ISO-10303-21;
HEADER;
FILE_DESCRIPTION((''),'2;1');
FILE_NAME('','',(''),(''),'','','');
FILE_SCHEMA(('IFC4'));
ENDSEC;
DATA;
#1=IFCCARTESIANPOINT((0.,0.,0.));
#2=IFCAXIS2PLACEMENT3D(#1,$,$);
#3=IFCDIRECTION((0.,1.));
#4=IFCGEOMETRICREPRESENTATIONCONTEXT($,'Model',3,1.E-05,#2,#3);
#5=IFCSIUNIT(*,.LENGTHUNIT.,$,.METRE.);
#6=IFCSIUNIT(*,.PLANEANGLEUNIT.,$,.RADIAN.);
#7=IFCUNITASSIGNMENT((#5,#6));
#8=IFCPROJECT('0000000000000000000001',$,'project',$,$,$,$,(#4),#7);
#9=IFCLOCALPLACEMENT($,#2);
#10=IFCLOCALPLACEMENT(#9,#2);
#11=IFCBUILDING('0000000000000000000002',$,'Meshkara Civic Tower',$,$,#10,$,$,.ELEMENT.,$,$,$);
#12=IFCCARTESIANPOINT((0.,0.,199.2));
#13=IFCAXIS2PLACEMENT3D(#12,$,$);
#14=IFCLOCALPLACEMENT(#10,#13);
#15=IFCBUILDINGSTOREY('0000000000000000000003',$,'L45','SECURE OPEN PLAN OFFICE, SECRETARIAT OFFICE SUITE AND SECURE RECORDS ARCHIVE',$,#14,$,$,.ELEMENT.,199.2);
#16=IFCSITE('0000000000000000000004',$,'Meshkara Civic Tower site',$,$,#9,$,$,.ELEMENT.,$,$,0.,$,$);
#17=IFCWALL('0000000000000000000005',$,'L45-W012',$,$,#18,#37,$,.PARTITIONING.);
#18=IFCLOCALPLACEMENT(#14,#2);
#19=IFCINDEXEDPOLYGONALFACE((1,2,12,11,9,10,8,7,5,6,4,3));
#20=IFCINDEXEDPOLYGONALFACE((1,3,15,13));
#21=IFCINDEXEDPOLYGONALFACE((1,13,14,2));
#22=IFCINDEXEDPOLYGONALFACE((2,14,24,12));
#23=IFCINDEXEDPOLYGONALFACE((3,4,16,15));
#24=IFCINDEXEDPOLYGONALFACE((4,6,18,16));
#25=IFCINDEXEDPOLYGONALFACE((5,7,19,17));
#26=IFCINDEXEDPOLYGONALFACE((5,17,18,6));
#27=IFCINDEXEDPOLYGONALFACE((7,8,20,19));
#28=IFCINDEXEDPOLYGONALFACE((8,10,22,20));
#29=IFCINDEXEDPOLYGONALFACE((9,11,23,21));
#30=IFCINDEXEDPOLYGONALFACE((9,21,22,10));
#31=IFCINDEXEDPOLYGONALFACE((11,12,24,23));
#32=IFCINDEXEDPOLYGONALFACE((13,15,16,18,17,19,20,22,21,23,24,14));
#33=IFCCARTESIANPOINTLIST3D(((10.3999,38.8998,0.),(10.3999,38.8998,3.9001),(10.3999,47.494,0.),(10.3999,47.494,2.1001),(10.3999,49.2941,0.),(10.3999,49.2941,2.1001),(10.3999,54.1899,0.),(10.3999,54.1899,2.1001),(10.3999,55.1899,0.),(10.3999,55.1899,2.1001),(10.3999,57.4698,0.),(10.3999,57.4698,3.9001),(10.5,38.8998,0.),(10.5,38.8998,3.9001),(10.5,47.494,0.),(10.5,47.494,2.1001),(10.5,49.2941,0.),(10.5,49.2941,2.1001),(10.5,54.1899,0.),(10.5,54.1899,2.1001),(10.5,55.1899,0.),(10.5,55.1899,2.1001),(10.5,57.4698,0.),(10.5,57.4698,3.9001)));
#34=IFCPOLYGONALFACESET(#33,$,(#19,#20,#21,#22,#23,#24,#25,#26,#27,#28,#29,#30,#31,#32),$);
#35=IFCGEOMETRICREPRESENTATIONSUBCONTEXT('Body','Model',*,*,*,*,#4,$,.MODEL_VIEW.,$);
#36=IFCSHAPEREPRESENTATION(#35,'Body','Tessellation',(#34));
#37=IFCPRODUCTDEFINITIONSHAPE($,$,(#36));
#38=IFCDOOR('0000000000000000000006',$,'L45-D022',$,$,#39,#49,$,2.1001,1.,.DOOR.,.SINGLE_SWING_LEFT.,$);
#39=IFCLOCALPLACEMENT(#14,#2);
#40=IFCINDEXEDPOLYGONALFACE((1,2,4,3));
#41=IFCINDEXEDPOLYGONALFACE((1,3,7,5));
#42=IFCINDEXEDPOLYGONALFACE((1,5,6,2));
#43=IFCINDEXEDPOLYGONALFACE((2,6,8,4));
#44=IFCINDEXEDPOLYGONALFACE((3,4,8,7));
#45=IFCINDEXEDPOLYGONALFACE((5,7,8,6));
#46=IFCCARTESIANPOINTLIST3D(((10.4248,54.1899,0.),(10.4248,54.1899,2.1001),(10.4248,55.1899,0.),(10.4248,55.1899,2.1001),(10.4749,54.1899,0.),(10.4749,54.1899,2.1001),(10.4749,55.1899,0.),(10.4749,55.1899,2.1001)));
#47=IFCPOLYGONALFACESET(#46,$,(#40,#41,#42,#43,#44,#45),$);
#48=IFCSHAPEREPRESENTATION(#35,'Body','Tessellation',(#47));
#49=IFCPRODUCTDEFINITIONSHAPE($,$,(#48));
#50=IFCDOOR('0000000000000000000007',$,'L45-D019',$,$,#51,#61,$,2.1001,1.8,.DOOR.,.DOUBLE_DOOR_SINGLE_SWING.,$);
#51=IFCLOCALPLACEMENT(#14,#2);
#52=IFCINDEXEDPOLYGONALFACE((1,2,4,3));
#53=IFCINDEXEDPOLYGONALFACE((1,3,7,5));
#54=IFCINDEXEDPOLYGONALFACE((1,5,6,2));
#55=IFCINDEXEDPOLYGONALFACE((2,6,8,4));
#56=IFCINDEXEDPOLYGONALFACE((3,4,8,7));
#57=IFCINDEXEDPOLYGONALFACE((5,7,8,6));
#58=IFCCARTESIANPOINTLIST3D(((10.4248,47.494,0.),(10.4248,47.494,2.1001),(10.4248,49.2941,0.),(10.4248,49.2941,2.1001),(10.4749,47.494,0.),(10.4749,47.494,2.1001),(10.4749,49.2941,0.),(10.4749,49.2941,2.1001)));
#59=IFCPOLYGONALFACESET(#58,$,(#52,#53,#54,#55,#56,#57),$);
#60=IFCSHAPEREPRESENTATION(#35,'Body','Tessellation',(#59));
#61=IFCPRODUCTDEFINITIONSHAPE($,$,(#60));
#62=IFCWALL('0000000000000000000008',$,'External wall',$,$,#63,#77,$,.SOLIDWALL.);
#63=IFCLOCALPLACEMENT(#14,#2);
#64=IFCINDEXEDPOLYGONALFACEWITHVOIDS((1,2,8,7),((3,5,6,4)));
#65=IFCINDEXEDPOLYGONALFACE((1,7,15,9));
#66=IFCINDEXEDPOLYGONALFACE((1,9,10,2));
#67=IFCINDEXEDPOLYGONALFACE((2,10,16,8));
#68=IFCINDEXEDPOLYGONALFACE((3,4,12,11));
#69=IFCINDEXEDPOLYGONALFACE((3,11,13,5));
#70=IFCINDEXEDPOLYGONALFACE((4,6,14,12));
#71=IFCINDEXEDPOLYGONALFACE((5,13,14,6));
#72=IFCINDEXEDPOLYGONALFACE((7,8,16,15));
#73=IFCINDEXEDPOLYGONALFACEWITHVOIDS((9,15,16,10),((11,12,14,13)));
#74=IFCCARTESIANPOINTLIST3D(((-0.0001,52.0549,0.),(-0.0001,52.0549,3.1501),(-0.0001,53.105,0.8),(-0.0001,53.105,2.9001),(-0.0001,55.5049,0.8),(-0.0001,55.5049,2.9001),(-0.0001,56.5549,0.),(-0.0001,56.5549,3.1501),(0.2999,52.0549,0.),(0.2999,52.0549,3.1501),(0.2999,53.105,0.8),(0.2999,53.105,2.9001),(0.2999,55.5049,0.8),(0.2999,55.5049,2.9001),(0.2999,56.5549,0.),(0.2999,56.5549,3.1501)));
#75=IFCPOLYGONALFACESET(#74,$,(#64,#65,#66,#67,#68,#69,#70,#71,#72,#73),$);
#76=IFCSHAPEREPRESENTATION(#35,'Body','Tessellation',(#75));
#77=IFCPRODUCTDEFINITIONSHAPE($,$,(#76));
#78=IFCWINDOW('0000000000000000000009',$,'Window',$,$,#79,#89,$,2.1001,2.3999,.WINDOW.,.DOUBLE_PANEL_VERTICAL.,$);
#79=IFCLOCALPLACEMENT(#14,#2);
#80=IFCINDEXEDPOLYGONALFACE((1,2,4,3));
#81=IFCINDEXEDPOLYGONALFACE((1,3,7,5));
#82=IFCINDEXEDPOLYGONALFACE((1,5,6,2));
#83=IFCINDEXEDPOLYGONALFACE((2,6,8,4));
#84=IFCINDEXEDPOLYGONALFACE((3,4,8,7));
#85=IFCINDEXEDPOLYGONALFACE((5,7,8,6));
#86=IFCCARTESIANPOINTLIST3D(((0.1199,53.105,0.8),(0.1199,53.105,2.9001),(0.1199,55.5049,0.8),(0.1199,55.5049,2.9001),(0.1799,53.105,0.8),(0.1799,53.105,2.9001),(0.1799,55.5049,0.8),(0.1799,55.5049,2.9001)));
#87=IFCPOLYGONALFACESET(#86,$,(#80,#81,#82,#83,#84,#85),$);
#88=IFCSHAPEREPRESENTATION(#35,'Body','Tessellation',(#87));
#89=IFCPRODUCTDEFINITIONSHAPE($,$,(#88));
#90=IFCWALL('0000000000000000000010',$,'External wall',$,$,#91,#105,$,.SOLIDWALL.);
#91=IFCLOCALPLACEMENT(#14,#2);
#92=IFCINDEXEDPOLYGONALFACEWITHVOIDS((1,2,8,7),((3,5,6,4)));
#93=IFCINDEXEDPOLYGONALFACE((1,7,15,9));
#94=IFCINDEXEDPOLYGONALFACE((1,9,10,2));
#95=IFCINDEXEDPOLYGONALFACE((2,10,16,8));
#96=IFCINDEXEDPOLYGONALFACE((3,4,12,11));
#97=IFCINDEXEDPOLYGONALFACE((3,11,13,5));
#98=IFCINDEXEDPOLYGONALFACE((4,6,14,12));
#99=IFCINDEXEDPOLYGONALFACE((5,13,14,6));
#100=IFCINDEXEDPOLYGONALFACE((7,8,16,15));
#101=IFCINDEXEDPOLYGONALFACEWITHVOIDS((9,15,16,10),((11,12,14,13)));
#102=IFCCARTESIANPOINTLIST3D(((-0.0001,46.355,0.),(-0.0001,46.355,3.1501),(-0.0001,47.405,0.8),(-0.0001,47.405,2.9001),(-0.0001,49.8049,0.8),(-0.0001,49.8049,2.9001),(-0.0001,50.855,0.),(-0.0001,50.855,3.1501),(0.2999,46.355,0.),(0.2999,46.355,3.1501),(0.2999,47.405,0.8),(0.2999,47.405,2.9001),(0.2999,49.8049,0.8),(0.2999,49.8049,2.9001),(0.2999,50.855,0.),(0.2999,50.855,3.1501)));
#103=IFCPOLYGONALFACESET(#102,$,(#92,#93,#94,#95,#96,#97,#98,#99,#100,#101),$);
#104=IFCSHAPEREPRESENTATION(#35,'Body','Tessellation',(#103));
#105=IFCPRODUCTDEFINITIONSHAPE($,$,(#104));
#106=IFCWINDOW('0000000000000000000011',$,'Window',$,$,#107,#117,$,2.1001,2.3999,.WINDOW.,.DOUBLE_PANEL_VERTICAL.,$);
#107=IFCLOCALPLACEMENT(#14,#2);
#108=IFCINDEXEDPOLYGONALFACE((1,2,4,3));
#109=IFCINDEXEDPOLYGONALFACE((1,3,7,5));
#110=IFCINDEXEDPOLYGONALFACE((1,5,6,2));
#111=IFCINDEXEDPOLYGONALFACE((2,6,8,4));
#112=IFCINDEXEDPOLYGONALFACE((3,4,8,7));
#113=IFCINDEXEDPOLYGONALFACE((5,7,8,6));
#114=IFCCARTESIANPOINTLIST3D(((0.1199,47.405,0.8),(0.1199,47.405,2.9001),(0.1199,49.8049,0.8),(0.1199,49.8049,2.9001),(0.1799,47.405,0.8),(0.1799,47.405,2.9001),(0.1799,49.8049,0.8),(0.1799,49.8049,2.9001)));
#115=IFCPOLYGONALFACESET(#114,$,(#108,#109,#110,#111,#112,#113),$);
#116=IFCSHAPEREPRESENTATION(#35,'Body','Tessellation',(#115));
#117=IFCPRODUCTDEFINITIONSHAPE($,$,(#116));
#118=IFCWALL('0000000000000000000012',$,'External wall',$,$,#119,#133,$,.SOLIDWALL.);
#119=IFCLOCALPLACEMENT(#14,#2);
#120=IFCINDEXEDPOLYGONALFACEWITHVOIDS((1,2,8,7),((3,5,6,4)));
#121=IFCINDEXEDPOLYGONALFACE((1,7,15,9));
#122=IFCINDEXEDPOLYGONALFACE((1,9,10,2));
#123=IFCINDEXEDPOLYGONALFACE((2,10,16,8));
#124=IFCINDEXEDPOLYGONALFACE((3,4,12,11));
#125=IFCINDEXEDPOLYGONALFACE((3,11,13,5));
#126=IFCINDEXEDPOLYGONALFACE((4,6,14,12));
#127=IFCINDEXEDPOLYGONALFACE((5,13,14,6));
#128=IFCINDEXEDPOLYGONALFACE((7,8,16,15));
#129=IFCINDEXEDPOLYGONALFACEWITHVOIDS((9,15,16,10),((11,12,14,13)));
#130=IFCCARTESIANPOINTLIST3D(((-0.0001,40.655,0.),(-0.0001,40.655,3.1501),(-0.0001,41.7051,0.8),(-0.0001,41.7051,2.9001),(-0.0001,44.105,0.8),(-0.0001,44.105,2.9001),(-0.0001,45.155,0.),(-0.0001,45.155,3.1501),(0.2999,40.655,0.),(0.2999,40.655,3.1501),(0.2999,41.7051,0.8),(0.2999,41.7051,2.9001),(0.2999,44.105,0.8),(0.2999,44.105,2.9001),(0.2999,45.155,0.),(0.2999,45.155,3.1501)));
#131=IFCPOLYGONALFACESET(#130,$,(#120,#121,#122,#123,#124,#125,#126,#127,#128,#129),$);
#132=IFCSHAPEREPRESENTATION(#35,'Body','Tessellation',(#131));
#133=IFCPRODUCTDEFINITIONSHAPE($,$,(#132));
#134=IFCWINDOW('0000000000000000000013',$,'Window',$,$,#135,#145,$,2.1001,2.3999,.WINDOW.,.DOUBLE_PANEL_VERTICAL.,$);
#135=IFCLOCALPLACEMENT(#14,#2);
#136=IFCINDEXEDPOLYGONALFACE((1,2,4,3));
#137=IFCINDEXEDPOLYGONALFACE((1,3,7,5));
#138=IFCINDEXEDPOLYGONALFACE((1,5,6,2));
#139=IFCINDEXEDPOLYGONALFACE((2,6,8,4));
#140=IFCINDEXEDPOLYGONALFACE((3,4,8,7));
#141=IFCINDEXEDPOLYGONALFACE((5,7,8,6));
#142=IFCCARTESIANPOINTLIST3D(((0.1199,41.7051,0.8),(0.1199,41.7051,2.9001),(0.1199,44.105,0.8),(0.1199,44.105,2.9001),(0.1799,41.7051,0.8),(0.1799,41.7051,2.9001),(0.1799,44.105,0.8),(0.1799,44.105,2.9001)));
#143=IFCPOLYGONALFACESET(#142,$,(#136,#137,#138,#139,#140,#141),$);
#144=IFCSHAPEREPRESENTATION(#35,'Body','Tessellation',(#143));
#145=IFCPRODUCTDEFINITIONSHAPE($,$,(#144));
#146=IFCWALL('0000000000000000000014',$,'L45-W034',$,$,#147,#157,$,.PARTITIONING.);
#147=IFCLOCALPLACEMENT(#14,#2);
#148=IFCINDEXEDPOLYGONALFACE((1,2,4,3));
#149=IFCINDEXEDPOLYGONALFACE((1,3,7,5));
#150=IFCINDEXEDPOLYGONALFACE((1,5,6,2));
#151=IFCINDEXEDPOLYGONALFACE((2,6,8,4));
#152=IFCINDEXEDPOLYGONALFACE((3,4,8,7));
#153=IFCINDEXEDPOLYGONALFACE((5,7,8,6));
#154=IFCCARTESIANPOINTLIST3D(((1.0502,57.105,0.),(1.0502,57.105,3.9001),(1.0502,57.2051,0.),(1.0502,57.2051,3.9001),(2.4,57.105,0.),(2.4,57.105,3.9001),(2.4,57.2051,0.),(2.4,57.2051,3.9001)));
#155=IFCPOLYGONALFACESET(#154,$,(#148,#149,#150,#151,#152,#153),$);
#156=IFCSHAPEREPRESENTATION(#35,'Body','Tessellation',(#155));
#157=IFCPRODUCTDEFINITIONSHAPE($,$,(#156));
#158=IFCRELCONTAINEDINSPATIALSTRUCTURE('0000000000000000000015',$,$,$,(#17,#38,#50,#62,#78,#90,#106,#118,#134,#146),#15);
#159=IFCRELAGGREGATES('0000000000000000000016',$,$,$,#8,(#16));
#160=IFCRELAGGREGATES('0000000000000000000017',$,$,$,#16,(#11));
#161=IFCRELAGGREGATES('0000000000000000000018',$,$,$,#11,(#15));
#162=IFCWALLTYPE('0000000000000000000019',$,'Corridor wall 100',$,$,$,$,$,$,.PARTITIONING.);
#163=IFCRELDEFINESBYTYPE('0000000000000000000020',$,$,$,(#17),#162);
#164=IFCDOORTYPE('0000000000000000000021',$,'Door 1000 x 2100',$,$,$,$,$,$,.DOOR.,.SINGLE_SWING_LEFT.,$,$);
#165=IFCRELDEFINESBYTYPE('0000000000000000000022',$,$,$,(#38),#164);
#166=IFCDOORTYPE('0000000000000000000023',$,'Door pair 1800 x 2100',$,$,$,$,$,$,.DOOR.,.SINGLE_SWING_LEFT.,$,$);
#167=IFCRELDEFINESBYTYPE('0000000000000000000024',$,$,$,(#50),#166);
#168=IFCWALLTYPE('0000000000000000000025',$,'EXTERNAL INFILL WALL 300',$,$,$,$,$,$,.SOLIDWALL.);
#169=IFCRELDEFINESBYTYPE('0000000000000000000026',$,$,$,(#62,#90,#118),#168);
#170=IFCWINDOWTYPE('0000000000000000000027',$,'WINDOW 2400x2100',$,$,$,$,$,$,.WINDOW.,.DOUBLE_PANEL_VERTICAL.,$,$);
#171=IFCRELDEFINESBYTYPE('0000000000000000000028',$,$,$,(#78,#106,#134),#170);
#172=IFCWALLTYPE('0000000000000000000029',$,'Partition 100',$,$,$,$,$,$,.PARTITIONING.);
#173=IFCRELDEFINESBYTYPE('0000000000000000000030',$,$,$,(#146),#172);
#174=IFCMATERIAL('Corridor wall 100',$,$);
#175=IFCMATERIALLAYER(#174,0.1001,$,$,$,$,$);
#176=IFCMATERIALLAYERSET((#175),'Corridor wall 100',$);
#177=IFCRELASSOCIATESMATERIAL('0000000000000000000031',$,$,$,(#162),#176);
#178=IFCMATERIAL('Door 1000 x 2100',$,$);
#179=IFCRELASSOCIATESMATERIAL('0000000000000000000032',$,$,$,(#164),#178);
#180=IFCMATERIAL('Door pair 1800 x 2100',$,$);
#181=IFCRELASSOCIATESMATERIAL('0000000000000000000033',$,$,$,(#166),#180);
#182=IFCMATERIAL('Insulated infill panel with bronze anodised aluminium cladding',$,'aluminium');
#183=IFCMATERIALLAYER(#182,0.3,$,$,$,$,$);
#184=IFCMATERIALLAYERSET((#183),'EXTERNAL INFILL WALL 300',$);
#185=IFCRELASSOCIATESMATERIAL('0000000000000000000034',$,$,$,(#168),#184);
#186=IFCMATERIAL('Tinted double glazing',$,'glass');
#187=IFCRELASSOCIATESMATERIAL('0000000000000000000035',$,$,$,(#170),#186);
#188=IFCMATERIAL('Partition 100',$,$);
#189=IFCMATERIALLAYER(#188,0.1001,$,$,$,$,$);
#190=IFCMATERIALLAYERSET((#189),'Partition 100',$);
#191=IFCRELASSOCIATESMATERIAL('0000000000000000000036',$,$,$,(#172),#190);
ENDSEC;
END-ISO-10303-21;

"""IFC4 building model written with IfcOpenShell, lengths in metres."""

from ifc_helpers import new_model, si_unit, direction, frame, frame_2d, origin, place, context, subcontext, project, spatial, rectangle, extrude, material, layer, layer_set, type_object, element, fill, save


model = new_model("IFC4")

# Units and contexts
model_context = context("Model", 3, precision=1e-05, world=origin(), true_north=direction((0.0, 1.0)))
body_context = subcontext(model_context, "Body", "Model", "MODEL_VIEW")
ifc_project = project(units=[si_unit("LENGTHUNIT", "METRE"), si_unit("PLANEANGLEUNIT", "RADIAN")], contexts=[model_context])

# Site, building, storey
site_placement = place(None, origin())
site = spatial("IfcSite", under=ifc_project, at=site_placement, Name="Meshkara Civic Tower site", CompositionType="ELEMENT", RefElevation=0.0)
building_placement = place(site_placement, origin())
building = spatial("IfcBuilding", under=site, at=building_placement, Name="Meshkara Civic Tower", CompositionType="ELEMENT")
storey_placement = place(building_placement, frame((0.0, 0.0, 199.2)))
storey = spatial("IfcBuildingStorey", under=building, at=storey_placement, Name="L45", Description="SECURE OPEN PLAN OFFICE, SECRETARIAT OFFICE SUITE AND SECURE RECORDS ARCHIVE", CompositionType="ELEMENT", Elevation=199.2)

# Shared definitions
ifc_material_1 = material(Name="Corridor wall 100")
ifc_layer_1 = layer(ifc_material_1, 0.1001)
ifc_layer_set_1 = layer_set([ifc_layer_1], Name="Corridor wall 100")
wall_type_1 = type_object("IfcWallType", Name="Corridor wall 100", PredefinedType="PARTITIONING", material=ifc_layer_set_1)

# Wall, openings, doors
wall_1_placement = place(storey_placement, frame((10.45, 57.47, 0.0), z_axis=(0.0, 0.0, 1.0), x_axis=(0.0, -1.0, 0.0)))
wall_1 = element("IfcWall", 1, at=wall_1_placement, inside=storey, type_object=wall_type_1, Name="L45-W012", PredefinedType="PARTITIONING", context=body_context, shape_type="SweptSolid", body=[
    extrude(rectangle(XDim=18.5701, YDim=0.1001, at=frame_2d((9.2852, 0.0))), origin(), (0.0, 0.0, 1.0), 3.9001),
])
opening_1_placement = place(wall_1_placement, frame((8.176, 0.0, 0.0)))
opening_1 = element("IfcOpeningElement", 2, at=opening_1_placement, cuts=wall_1, PredefinedType="OPENING", context=body_context, shape_type="SweptSolid", body=[
    extrude(rectangle(XDim=1.8, YDim=2.1001, at=frame_2d((0.8999, 1.05))), frame((0.0, 0.0601, 0.0), z_axis=(0.0, -1.0, 0.0), x_axis=(1.0, 0.0, 0.0)), (0.0, 0.0, 1.0), 0.1201),
])
opening_2_placement = place(wall_1_placement, frame((2.28, 0.0, 0.0)))
opening_2 = element("IfcOpeningElement", 3, at=opening_2_placement, cuts=wall_1, PredefinedType="OPENING", context=body_context, shape_type="SweptSolid", body=[
    extrude(rectangle(XDim=1.0, YDim=2.1001, at=frame_2d((0.5, 1.05))), frame((0.0, 0.0601, 0.0), z_axis=(0.0, -1.0, 0.0), x_axis=(1.0, 0.0, 0.0)), (0.0, 0.0, 1.0), 0.1201),
])
ifc_material_2 = material(Name="Door 1000 x 2100")
door_type_1 = type_object("IfcDoorType", Name="Door 1000 x 2100", OperationType="SINGLE_SWING_LEFT", PredefinedType="DOOR", material=ifc_material_2)
door_1_placement = place(opening_2_placement, origin())
door_1 = element("IfcDoor", 4, at=door_1_placement, inside=storey, type_object=door_type_1, Name="L45-D022", OperationType="SINGLE_SWING_LEFT", OverallHeight=2.1001, OverallWidth=1.0, PredefinedType="DOOR", context=body_context, shape_type="SweptSolid", body=[
    extrude(rectangle(XDim=1.0, YDim=2.1001, at=frame_2d((0.5, 1.05))), frame((0.0, 0.0249, 0.0), z_axis=(0.0, -1.0, 0.0), x_axis=(1.0, 0.0, 0.0)), (0.0, 0.0, 1.0), 0.05),
])
fill(opening_2, door_1)
ifc_material_3 = material(Name="Door pair 1800 x 2100")
door_type_2 = type_object("IfcDoorType", Name="Door pair 1800 x 2100", OperationType="SINGLE_SWING_LEFT", PredefinedType="DOOR", material=ifc_material_3)
door_2_placement = place(opening_1_placement, origin())
door_2 = element("IfcDoor", 5, at=door_2_placement, inside=storey, type_object=door_type_2, Name="L45-D019", OperationType="DOUBLE_DOOR_SINGLE_SWING", OverallHeight=2.1001, OverallWidth=1.8, PredefinedType="DOOR", context=body_context, shape_type="SweptSolid", body=[
    extrude(rectangle(XDim=1.8, YDim=2.1001, at=frame_2d((0.8999, 1.05))), frame((0.0, 0.0249, 0.0), z_axis=(0.0, -1.0, 0.0), x_axis=(1.0, 0.0, 0.0)), (0.0, 0.0, 1.0), 0.05),
])
fill(opening_1, door_2)

# Walls, openings, windows
ifc_material_4 = material(Name="Insulated infill panel with bronze anodised aluminium cladding", Category="aluminium")
ifc_layer_2 = layer(ifc_material_4, 0.3)
ifc_layer_set_2 = layer_set([ifc_layer_2], Name="EXTERNAL INFILL WALL 300")
wall_type_2 = type_object("IfcWallType", Name="EXTERNAL INFILL WALL 300", PredefinedType="SOLIDWALL", material=ifc_layer_set_2)
wall_2_placement = place(storey_placement, frame((0.1499, 56.5549, 0.0), z_axis=(0.0, 0.0, 1.0), x_axis=(0.0, -1.0, 0.0)))
wall_2 = element("IfcWall", 6, at=wall_2_placement, inside=storey, type_object=wall_type_2, Name="External wall", PredefinedType="SOLIDWALL", context=body_context, shape_type="SweptSolid", body=[
    extrude(rectangle(XDim=4.5, YDim=0.3, at=frame_2d((2.25, 0.0))), origin(), (0.0, 0.0, 1.0), 3.1501),
])
opening_3_placement = place(wall_2_placement, frame((1.05, 0.0, 0.8)))
opening_3 = element("IfcOpeningElement", 7, at=opening_3_placement, cuts=wall_2, PredefinedType="OPENING", context=body_context, shape_type="SweptSolid", body=[
    extrude(rectangle(XDim=2.3999, YDim=2.1001, at=frame_2d((1.2, 1.05))), frame((0.0, 0.1599, 0.0), z_axis=(0.0, -1.0, 0.0), x_axis=(1.0, 0.0, 0.0)), (0.0, 0.0, 1.0), 0.3201),
])
ifc_material_5 = material(Name="Tinted double glazing", Category="glass")
window_type = type_object("IfcWindowType", Name="WINDOW 2400x2100", PartitioningType="DOUBLE_PANEL_VERTICAL", PredefinedType="WINDOW", material=ifc_material_5)
window_1_placement = place(opening_3_placement, origin())
window_1 = element("IfcWindow", 8, at=window_1_placement, inside=storey, type_object=window_type, Name="Window", OverallHeight=2.1001, OverallWidth=2.3999, PartitioningType="DOUBLE_PANEL_VERTICAL", PredefinedType="WINDOW", context=body_context, shape_type="SweptSolid", body=[
    extrude(rectangle(XDim=2.3999, YDim=2.1001, at=frame_2d((1.2, 1.05))), frame((0.0, 0.03, 0.0), z_axis=(0.0, -1.0, 0.0), x_axis=(1.0, 0.0, 0.0)), (0.0, 0.0, 1.0), 0.0601),
])
fill(opening_3, window_1)
wall_3_placement = place(storey_placement, frame((0.1499, 50.855, 0.0), z_axis=(0.0, 0.0, 1.0), x_axis=(0.0, -1.0, 0.0)))
wall_3 = element("IfcWall", 9, at=wall_3_placement, inside=storey, type_object=wall_type_2, Name="External wall", PredefinedType="SOLIDWALL", context=body_context, shape_type="SweptSolid", body=[
    extrude(rectangle(XDim=4.5, YDim=0.3, at=frame_2d((2.25, 0.0))), origin(), (0.0, 0.0, 1.0), 3.1501),
])
opening_4_placement = place(wall_3_placement, frame((1.05, 0.0, 0.8)))
opening_4 = element("IfcOpeningElement", 10, at=opening_4_placement, cuts=wall_3, PredefinedType="OPENING", context=body_context, shape_type="SweptSolid", body=[
    extrude(rectangle(XDim=2.3999, YDim=2.1001, at=frame_2d((1.2, 1.05))), frame((0.0, 0.1599, 0.0), z_axis=(0.0, -1.0, 0.0), x_axis=(1.0, 0.0, 0.0)), (0.0, 0.0, 1.0), 0.3201),
])
window_2_placement = place(opening_4_placement, origin())
window_2 = element("IfcWindow", 11, at=window_2_placement, inside=storey, type_object=window_type, Name="Window", OverallHeight=2.1001, OverallWidth=2.3999, PartitioningType="DOUBLE_PANEL_VERTICAL", PredefinedType="WINDOW", context=body_context, shape_type="SweptSolid", body=[
    extrude(rectangle(XDim=2.3999, YDim=2.1001, at=frame_2d((1.2, 1.05))), frame((0.0, 0.03, 0.0), z_axis=(0.0, -1.0, 0.0), x_axis=(1.0, 0.0, 0.0)), (0.0, 0.0, 1.0), 0.0601),
])
fill(opening_4, window_2)
wall_4_placement = place(storey_placement, frame((0.1499, 45.155, 0.0), z_axis=(0.0, 0.0, 1.0), x_axis=(0.0, -1.0, 0.0)))
wall_4 = element("IfcWall", 12, at=wall_4_placement, inside=storey, type_object=wall_type_2, Name="External wall", PredefinedType="SOLIDWALL", context=body_context, shape_type="SweptSolid", body=[
    extrude(rectangle(XDim=4.5, YDim=0.3, at=frame_2d((2.25, 0.0))), origin(), (0.0, 0.0, 1.0), 3.1501),
])
opening_5_placement = place(wall_4_placement, frame((1.05, 0.0, 0.8)))
opening_5 = element("IfcOpeningElement", 13, at=opening_5_placement, cuts=wall_4, PredefinedType="OPENING", context=body_context, shape_type="SweptSolid", body=[
    extrude(rectangle(XDim=2.3999, YDim=2.1001, at=frame_2d((1.2, 1.05))), frame((0.0, 0.1599, 0.0), z_axis=(0.0, -1.0, 0.0), x_axis=(1.0, 0.0, 0.0)), (0.0, 0.0, 1.0), 0.3201),
])
window_3_placement = place(opening_5_placement, origin())
window_3 = element("IfcWindow", 14, at=window_3_placement, inside=storey, type_object=window_type, Name="Window", OverallHeight=2.1001, OverallWidth=2.3999, PartitioningType="DOUBLE_PANEL_VERTICAL", PredefinedType="WINDOW", context=body_context, shape_type="SweptSolid", body=[
    extrude(rectangle(XDim=2.3999, YDim=2.1001, at=frame_2d((1.2, 1.05))), frame((0.0, 0.03, 0.0), z_axis=(0.0, -1.0, 0.0), x_axis=(1.0, 0.0, 0.0)), (0.0, 0.0, 1.0), 0.0601),
])
fill(opening_5, window_3)

# Wall
ifc_material_6 = material(Name="Partition 100")
ifc_layer_3 = layer(ifc_material_6, 0.1001)
ifc_layer_set_3 = layer_set([ifc_layer_3], Name="Partition 100")
wall_type_3 = type_object("IfcWallType", Name="Partition 100", PredefinedType="PARTITIONING", material=ifc_layer_set_3)
wall_5_placement = place(storey_placement, frame((2.3999, 57.155, 0.0), z_axis=(0.0, 0.0, 1.0), x_axis=(-1.0, 0.0, 0.0)))
element("IfcWall", 15, at=wall_5_placement, inside=storey, type_object=wall_type_3, Name="L45-W034", PredefinedType="PARTITIONING", context=body_context, shape_type="SweptSolid", body=[
    extrude(rectangle(XDim=1.3499, YDim=0.1001, at=frame_2d((0.6748, 0.0))), origin(), (0.0, 0.0, 1.0), 3.9001),
])

save(model, "model.ifc")
